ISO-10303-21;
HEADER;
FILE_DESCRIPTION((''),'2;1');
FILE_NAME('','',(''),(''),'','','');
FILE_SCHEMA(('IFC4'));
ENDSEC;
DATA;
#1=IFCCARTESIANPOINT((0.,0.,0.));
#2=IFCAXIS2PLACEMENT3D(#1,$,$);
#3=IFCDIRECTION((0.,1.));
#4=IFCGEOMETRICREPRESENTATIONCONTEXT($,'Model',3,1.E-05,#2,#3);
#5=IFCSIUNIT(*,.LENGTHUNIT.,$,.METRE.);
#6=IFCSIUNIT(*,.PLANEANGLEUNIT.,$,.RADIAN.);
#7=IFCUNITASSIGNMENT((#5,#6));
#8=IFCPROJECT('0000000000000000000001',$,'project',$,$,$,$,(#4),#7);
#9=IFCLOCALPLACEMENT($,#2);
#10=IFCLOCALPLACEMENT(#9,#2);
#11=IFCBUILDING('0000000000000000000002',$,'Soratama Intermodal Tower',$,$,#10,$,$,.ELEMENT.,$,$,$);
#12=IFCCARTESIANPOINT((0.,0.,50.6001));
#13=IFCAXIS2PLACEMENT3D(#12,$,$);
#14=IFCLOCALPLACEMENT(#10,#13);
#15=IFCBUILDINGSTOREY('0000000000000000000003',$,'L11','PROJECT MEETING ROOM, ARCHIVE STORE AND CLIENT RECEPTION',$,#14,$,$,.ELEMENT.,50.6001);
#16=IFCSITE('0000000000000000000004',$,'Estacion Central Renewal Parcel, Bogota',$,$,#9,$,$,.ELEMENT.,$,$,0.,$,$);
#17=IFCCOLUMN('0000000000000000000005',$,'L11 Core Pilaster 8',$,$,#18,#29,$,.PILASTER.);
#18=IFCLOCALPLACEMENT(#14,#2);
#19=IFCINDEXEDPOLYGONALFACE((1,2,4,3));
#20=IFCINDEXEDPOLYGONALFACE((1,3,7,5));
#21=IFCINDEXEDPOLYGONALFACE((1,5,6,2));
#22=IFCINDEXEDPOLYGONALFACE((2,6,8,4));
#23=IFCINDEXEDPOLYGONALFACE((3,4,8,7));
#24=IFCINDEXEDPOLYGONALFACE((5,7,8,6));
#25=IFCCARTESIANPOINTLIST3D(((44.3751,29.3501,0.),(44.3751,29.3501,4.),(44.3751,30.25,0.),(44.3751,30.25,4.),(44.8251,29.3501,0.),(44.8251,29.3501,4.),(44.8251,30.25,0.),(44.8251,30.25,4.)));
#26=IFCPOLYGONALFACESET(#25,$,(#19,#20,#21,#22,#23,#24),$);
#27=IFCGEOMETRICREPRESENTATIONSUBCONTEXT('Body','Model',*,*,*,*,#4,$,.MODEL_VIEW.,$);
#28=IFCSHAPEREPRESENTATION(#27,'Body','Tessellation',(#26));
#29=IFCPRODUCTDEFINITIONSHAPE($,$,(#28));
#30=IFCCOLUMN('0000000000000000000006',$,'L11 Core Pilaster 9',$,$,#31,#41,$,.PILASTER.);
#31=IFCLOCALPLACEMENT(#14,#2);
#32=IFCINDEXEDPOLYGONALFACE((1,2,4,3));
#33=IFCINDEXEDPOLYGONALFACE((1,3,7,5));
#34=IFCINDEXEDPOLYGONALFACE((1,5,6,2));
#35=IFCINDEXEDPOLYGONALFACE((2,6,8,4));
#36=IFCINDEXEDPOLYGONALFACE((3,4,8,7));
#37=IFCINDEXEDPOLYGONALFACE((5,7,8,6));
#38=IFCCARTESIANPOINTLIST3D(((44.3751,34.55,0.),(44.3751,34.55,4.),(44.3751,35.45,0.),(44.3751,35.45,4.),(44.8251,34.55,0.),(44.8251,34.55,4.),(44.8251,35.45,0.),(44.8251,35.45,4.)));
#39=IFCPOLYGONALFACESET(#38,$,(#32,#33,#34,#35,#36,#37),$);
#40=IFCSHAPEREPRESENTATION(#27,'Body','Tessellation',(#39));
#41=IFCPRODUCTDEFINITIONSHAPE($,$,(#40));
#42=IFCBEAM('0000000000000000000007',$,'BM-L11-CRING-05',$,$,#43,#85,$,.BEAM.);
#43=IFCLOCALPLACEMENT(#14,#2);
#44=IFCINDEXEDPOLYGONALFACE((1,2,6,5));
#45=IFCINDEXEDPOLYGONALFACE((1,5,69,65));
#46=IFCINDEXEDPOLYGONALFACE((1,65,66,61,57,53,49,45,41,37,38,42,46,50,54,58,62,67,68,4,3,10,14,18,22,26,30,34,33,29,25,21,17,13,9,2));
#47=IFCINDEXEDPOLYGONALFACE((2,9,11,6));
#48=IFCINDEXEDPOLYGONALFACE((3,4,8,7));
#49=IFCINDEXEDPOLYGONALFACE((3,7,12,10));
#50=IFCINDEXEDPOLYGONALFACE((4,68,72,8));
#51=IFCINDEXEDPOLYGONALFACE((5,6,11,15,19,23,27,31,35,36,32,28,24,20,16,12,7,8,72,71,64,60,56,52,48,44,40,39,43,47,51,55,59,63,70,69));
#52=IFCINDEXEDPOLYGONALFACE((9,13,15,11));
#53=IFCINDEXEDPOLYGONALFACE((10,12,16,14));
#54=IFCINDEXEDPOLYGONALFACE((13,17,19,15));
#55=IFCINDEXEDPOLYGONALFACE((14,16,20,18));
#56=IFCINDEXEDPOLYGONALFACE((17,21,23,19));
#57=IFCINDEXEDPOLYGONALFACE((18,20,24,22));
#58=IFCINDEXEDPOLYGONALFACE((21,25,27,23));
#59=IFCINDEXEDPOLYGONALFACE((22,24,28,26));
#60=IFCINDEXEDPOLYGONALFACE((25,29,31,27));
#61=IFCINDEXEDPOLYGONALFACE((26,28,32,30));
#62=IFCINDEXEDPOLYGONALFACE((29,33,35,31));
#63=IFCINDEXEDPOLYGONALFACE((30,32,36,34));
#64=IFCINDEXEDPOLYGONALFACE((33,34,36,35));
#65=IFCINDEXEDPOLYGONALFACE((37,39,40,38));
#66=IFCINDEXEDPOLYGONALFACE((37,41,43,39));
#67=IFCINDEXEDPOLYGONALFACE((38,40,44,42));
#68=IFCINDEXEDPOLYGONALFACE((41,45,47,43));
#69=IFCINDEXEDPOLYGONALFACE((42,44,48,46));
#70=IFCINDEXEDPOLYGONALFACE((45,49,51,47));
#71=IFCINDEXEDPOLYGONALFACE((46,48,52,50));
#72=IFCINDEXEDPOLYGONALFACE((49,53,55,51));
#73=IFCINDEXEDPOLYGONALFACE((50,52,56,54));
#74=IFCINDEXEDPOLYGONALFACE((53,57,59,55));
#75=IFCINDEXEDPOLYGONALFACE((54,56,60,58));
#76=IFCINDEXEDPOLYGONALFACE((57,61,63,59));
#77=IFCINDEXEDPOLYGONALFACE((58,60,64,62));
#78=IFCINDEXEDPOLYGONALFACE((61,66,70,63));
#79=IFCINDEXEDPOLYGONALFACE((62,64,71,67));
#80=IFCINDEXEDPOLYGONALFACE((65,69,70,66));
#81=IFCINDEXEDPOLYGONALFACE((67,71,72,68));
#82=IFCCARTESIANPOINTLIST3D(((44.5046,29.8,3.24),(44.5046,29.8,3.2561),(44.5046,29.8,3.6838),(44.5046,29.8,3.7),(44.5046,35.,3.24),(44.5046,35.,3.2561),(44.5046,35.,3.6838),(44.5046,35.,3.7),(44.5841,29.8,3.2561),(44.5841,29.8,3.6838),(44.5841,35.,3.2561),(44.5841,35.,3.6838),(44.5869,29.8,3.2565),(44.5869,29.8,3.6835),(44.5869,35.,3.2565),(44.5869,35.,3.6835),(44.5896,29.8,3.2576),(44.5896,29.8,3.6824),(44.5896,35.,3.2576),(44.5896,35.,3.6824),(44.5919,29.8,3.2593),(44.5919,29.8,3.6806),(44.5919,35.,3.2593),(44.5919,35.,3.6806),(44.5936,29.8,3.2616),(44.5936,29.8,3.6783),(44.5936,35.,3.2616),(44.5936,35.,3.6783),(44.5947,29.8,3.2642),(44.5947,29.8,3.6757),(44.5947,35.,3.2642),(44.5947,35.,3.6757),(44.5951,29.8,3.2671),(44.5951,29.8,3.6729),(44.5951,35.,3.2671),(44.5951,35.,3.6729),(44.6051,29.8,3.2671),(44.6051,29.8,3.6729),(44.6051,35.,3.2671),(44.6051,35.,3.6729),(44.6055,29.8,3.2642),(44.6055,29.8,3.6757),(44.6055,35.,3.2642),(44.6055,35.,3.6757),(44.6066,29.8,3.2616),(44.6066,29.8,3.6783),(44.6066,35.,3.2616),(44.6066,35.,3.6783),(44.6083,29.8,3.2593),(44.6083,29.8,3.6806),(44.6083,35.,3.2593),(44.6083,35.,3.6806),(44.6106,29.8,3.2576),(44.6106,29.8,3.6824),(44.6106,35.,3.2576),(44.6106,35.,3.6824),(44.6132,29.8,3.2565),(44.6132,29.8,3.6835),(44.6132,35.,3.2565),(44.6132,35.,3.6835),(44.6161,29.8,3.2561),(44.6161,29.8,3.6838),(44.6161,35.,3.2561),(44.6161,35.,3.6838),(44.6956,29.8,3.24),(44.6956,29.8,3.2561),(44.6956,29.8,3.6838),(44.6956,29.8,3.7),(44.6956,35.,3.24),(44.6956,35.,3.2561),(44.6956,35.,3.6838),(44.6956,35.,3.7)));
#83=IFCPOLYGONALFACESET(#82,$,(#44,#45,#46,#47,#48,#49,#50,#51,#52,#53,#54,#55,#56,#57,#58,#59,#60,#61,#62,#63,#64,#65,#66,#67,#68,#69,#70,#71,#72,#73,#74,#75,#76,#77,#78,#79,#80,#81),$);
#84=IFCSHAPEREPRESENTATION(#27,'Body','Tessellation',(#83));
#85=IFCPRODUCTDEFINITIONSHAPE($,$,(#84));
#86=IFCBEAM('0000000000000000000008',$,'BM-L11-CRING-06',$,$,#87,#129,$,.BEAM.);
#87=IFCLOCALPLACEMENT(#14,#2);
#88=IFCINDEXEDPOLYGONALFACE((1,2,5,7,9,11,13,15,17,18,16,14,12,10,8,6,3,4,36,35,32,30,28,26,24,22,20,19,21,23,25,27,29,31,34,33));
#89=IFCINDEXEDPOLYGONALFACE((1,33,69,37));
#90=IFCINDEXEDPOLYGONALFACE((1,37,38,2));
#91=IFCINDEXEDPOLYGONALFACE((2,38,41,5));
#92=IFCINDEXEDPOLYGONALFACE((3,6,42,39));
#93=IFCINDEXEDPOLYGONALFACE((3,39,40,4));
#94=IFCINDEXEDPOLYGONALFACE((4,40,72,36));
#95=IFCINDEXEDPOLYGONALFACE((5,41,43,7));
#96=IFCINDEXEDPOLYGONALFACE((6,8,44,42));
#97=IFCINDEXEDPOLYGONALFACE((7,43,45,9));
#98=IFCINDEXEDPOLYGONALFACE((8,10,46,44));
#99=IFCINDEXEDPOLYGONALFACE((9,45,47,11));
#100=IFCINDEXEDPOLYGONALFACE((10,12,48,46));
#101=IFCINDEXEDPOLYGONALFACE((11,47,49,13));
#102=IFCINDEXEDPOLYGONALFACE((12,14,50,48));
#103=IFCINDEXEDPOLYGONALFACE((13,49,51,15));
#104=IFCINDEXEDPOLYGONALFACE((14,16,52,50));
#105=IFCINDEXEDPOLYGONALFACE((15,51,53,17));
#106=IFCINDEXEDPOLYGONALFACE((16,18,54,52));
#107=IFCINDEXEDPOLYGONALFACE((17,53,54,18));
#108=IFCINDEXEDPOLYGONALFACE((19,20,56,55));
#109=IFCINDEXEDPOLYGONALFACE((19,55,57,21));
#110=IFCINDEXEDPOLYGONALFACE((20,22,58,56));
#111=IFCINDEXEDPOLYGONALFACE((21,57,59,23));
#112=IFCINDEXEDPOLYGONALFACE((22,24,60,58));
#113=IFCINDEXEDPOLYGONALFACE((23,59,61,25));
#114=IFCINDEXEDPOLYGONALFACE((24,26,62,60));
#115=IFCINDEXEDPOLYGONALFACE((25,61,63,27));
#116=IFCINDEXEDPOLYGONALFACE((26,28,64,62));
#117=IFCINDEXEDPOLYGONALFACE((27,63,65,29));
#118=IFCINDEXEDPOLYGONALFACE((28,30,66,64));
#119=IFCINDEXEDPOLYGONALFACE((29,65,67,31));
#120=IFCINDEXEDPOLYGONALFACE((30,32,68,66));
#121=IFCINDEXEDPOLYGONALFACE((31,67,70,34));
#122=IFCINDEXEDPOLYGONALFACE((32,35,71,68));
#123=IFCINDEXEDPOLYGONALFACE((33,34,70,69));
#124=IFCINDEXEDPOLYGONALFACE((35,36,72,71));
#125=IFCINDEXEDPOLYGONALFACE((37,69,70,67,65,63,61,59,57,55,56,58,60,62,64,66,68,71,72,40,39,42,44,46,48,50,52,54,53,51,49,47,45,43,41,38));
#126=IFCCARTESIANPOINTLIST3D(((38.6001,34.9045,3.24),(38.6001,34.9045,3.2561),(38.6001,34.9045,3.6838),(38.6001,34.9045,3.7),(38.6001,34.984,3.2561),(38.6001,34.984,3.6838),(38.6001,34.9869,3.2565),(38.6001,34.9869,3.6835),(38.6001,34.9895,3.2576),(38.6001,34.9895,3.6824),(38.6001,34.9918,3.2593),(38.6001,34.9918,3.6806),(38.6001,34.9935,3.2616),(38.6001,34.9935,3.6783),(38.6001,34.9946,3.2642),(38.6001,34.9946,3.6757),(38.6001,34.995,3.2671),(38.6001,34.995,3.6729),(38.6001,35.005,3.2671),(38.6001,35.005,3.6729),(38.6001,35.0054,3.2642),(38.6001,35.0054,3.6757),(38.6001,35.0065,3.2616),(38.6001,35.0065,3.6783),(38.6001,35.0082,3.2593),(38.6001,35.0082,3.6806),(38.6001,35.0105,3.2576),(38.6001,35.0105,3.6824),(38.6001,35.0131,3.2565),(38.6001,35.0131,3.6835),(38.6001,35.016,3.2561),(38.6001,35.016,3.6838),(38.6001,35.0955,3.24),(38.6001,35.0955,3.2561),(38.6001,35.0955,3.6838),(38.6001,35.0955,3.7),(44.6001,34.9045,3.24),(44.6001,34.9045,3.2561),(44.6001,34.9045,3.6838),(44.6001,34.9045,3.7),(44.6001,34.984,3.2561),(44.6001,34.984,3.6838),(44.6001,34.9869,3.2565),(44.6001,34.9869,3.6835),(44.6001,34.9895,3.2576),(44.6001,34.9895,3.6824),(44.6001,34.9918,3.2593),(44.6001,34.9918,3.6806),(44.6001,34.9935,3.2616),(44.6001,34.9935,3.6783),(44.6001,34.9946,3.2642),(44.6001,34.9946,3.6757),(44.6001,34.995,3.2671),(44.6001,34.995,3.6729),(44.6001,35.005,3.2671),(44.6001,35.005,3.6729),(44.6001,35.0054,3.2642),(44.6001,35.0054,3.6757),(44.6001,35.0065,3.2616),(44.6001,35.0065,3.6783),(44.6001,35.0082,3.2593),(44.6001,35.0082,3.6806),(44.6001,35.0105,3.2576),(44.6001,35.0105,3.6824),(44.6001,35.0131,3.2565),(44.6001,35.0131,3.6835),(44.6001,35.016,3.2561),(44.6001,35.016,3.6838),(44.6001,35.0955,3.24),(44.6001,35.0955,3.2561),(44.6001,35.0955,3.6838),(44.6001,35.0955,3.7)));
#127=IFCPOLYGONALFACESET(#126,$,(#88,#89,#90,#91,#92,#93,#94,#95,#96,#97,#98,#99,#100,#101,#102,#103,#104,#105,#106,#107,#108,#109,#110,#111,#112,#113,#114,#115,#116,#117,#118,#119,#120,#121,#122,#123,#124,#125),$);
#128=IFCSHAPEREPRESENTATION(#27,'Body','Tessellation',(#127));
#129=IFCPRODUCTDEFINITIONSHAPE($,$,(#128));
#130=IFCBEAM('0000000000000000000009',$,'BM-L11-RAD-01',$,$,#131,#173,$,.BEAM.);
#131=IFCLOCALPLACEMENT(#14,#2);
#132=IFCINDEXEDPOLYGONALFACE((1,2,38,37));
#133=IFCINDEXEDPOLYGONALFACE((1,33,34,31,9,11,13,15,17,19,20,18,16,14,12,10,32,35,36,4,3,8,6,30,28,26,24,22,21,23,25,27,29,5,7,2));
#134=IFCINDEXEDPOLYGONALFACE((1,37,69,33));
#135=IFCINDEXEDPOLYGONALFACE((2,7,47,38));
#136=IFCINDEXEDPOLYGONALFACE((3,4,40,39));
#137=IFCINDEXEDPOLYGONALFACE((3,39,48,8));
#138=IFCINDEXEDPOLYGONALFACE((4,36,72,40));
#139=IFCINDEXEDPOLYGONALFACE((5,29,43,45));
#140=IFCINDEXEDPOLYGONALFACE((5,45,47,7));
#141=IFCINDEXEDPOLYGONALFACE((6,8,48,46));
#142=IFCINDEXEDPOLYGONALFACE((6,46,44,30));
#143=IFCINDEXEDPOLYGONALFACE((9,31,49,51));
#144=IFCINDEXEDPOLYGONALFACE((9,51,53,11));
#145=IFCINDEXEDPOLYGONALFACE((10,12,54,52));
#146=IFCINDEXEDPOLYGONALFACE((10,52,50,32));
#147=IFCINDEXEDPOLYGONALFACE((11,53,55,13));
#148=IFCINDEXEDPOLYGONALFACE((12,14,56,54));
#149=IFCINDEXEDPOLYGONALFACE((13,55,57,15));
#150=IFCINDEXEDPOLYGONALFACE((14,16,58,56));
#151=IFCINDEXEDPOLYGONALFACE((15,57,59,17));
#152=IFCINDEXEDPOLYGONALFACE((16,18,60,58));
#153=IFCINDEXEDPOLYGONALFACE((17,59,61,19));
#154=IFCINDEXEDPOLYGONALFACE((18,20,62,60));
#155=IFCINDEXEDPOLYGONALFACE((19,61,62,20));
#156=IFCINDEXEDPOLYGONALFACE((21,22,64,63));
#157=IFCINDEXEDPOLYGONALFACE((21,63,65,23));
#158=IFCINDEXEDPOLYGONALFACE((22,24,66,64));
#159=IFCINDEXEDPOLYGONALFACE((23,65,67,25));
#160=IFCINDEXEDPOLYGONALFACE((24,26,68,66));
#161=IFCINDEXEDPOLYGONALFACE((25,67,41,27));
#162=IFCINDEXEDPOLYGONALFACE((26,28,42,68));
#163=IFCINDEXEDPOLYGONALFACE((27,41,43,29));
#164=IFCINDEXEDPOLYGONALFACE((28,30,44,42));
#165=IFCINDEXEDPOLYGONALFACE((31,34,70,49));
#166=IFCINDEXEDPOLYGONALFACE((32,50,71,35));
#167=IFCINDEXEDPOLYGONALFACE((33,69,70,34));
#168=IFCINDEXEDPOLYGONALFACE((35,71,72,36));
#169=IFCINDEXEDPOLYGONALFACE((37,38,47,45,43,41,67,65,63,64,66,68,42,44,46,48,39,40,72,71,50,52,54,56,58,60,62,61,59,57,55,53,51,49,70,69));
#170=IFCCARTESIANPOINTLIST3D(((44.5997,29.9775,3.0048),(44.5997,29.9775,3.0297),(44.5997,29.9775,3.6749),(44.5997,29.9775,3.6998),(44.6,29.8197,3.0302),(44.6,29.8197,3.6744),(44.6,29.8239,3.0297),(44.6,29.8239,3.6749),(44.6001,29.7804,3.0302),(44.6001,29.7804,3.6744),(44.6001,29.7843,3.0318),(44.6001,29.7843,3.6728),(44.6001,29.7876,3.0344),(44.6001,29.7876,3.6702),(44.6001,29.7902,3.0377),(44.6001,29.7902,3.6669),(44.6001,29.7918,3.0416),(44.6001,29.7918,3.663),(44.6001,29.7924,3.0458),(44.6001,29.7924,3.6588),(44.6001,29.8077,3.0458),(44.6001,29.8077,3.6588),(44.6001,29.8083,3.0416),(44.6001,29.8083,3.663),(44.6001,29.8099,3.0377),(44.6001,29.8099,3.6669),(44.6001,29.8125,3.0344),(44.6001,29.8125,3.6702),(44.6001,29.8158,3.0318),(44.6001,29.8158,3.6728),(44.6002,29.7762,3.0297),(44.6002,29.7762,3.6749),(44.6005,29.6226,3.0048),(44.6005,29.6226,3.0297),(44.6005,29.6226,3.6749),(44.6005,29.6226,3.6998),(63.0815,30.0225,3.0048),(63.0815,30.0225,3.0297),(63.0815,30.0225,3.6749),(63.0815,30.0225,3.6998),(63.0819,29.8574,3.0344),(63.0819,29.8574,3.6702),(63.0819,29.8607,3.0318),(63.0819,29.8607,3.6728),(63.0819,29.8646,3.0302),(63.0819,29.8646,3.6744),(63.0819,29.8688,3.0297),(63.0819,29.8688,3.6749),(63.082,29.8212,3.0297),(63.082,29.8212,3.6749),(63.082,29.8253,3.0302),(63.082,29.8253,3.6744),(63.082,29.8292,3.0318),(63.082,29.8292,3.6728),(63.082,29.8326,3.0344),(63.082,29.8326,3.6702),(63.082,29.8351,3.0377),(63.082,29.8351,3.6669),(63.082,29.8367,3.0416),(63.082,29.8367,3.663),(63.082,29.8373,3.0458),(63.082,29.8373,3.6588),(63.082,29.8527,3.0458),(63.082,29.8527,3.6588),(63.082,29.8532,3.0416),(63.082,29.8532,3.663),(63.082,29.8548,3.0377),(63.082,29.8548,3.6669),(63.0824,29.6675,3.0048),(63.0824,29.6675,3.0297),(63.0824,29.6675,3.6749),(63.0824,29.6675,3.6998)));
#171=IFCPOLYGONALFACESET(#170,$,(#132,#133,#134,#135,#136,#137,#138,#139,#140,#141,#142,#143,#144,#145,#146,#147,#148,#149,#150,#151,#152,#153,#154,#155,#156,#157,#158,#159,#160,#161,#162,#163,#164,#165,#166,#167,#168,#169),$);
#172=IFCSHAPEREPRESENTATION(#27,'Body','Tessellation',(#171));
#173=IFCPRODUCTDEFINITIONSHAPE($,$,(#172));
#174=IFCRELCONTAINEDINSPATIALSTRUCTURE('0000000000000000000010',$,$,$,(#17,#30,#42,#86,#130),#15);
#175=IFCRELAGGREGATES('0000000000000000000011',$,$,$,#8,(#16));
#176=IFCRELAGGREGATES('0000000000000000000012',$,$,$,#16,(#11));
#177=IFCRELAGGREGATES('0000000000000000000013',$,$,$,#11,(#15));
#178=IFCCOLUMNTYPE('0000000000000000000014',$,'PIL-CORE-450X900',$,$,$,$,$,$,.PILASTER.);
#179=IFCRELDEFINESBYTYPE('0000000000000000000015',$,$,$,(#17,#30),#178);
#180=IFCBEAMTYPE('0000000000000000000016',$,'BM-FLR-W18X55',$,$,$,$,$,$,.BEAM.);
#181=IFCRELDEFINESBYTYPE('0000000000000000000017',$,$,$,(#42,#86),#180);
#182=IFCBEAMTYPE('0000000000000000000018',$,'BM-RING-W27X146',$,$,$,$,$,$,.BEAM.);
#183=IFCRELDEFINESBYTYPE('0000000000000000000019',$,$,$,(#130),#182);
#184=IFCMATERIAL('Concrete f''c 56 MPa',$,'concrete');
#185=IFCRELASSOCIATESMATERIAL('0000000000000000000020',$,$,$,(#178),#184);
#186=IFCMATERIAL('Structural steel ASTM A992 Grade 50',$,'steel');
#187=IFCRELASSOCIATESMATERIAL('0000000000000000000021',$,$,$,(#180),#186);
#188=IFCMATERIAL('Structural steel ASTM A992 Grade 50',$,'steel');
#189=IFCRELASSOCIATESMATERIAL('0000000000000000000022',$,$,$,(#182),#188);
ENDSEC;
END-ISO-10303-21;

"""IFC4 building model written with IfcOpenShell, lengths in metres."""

from ifc_helpers import new_model, si_unit, direction, frame, origin, origin_2d, place, context, subcontext, project, spatial, rectangle, i_section, extrude, material, material_profile, profile_set, type_object, element, save


model = new_model("IFC4")

# Units and contexts
model_context = context("Model", 3, precision=1e-05, world=origin(), true_north=direction((0.0, 1.0)))
body_context = subcontext(model_context, "Body", "Model", "MODEL_VIEW")
ifc_project = project(units=[si_unit("LENGTHUNIT", "METRE"), si_unit("PLANEANGLEUNIT", "RADIAN")], contexts=[model_context])

# Site, building, storey
site_placement = place(None, origin())
site = spatial("IfcSite", under=ifc_project, at=site_placement, Name="Estacion Central Renewal Parcel, Bogota", CompositionType="ELEMENT", RefElevation=0.0)
building_placement = place(site_placement, origin())
building = spatial("IfcBuilding", under=site, at=building_placement, Name="Soratama Intermodal Tower", CompositionType="ELEMENT")
storey_placement = place(building_placement, frame((0.0, 0.0, 50.6001)))
storey = spatial("IfcBuildingStorey", under=building, at=storey_placement, Name="L11", Description="PROJECT MEETING ROOM, ARCHIVE STORE AND CLIENT RECEPTION", CompositionType="ELEMENT", Elevation=50.6001)

# Columns
ifc_material_1 = material(Name="Concrete f'c 56 MPa", Category="concrete")
ifc_material_profile_1 = material_profile(ifc_material_1, rectangle(XDim=0.45, YDim=0.8999, at=origin_2d()), Name="RC450X900")
ifc_profile_set_1 = profile_set([ifc_material_profile_1], Name="Concrete f'c 56 MPa")
column_type = type_object("IfcColumnType", Name="PIL-CORE-450X900", PredefinedType="PILASTER", material=ifc_profile_set_1)
for number, where, z_axis, x_axis, name in (
    (1, (44.6001, 29.8, 0.0), (0.0, 0.0, 1.0), (1.0, 0.0, 0.0), "L11 Core Pilaster 8"),
    (2, (44.6001, 35.0, 0.0), (0.0, 0.0, 1.0), (1.0, 0.0, 0.0), "L11 Core Pilaster 9"),
):
    element("IfcColumn", number, at=place(storey_placement, frame(where, z_axis=z_axis, x_axis=x_axis)), inside=storey, type_object=column_type, Name=name, PredefinedType="PILASTER", context=body_context, shape_type="SweptSolid", body=[
        extrude(rectangle(XDim=0.45, YDim=0.8999, at=origin_2d()), origin(), (0.0, 0.0, 1.0), 4.0),
    ])

# Beams
ifc_material_2 = material(Name="Structural steel ASTM A992 Grade 50", Category="steel")
ifc_material_profile_2 = material_profile(ifc_material_2, i_section(OverallWidth=0.1909, OverallDepth=0.46, WebThickness=0.01, FlangeThickness=0.0161, FilletRadius=0.011, at=origin_2d()), Name="W18X55")
ifc_profile_set_2 = profile_set([ifc_material_profile_2], Name="Structural steel ASTM A992 Grade 50")
beam_type_1 = type_object("IfcBeamType", Name="BM-FLR-W18X55", PredefinedType="BEAM", material=ifc_profile_set_2)
beam_1_placement = place(storey_placement, frame((44.6001, 29.8, 3.47), z_axis=(0.0, 1.0, 0.0), x_axis=(-1.0, 0.0, 0.0)))
element("IfcBeam", 3, at=beam_1_placement, inside=storey, type_object=beam_type_1, Name="BM-L11-CRING-05", PredefinedType="BEAM", context=body_context, shape_type="SweptSolid", body=[
    extrude(i_section(OverallWidth=0.1909, OverallDepth=0.46, WebThickness=0.01, FlangeThickness=0.0161, FilletRadius=0.011, at=origin_2d()), origin(), (0.0, 0.0, 1.0), 5.2),
])
beam_2_placement = place(storey_placement, frame((44.6001, 35.0, 3.47), z_axis=(-1.0, 0.0, 0.0), x_axis=(0.0, -1.0, 0.0)))
element("IfcBeam", 4, at=beam_2_placement, inside=storey, type_object=beam_type_1, Name="BM-L11-CRING-06", PredefinedType="BEAM", context=body_context, shape_type="SweptSolid", body=[
    extrude(i_section(OverallWidth=0.1909, OverallDepth=0.46, WebThickness=0.01, FlangeThickness=0.0161, FilletRadius=0.011, at=origin_2d()), origin(), (0.0, 0.0, 1.0), 6.0),
])
ifc_material_3 = material(Name="Structural steel ASTM A992 Grade 50", Category="steel")
ifc_material_profile_3 = material_profile(ifc_material_3, i_section(OverallWidth=0.355, OverallDepth=0.6951, WebThickness=0.0154, FlangeThickness=0.0249, FilletRadius=0.0161, at=origin_2d()), Name="W27X146")
ifc_profile_set_3 = profile_set([ifc_material_profile_3], Name="Structural steel ASTM A992 Grade 50")
beam_type_2 = type_object("IfcBeamType", Name="BM-RING-W27X146", PredefinedType="BEAM", material=ifc_profile_set_3)
beam_3_placement = place(storey_placement, frame((44.6001, 29.8, 3.3523), z_axis=(0.999997, 0.002431, 0.0), x_axis=(-0.002431, 0.999997, 0.0)))
element("IfcBeam", 5, at=beam_3_placement, inside=storey, type_object=beam_type_2, Name="BM-L11-RAD-01", PredefinedType="BEAM", context=body_context, shape_type="SweptSolid", body=[
    extrude(i_section(OverallWidth=0.355, OverallDepth=0.6951, WebThickness=0.0154, FlangeThickness=0.0249, FilletRadius=0.0161, at=origin_2d()), origin(), (0.0, 0.0, 1.0), 18.4819),
])

save(model, "model.ifc")
